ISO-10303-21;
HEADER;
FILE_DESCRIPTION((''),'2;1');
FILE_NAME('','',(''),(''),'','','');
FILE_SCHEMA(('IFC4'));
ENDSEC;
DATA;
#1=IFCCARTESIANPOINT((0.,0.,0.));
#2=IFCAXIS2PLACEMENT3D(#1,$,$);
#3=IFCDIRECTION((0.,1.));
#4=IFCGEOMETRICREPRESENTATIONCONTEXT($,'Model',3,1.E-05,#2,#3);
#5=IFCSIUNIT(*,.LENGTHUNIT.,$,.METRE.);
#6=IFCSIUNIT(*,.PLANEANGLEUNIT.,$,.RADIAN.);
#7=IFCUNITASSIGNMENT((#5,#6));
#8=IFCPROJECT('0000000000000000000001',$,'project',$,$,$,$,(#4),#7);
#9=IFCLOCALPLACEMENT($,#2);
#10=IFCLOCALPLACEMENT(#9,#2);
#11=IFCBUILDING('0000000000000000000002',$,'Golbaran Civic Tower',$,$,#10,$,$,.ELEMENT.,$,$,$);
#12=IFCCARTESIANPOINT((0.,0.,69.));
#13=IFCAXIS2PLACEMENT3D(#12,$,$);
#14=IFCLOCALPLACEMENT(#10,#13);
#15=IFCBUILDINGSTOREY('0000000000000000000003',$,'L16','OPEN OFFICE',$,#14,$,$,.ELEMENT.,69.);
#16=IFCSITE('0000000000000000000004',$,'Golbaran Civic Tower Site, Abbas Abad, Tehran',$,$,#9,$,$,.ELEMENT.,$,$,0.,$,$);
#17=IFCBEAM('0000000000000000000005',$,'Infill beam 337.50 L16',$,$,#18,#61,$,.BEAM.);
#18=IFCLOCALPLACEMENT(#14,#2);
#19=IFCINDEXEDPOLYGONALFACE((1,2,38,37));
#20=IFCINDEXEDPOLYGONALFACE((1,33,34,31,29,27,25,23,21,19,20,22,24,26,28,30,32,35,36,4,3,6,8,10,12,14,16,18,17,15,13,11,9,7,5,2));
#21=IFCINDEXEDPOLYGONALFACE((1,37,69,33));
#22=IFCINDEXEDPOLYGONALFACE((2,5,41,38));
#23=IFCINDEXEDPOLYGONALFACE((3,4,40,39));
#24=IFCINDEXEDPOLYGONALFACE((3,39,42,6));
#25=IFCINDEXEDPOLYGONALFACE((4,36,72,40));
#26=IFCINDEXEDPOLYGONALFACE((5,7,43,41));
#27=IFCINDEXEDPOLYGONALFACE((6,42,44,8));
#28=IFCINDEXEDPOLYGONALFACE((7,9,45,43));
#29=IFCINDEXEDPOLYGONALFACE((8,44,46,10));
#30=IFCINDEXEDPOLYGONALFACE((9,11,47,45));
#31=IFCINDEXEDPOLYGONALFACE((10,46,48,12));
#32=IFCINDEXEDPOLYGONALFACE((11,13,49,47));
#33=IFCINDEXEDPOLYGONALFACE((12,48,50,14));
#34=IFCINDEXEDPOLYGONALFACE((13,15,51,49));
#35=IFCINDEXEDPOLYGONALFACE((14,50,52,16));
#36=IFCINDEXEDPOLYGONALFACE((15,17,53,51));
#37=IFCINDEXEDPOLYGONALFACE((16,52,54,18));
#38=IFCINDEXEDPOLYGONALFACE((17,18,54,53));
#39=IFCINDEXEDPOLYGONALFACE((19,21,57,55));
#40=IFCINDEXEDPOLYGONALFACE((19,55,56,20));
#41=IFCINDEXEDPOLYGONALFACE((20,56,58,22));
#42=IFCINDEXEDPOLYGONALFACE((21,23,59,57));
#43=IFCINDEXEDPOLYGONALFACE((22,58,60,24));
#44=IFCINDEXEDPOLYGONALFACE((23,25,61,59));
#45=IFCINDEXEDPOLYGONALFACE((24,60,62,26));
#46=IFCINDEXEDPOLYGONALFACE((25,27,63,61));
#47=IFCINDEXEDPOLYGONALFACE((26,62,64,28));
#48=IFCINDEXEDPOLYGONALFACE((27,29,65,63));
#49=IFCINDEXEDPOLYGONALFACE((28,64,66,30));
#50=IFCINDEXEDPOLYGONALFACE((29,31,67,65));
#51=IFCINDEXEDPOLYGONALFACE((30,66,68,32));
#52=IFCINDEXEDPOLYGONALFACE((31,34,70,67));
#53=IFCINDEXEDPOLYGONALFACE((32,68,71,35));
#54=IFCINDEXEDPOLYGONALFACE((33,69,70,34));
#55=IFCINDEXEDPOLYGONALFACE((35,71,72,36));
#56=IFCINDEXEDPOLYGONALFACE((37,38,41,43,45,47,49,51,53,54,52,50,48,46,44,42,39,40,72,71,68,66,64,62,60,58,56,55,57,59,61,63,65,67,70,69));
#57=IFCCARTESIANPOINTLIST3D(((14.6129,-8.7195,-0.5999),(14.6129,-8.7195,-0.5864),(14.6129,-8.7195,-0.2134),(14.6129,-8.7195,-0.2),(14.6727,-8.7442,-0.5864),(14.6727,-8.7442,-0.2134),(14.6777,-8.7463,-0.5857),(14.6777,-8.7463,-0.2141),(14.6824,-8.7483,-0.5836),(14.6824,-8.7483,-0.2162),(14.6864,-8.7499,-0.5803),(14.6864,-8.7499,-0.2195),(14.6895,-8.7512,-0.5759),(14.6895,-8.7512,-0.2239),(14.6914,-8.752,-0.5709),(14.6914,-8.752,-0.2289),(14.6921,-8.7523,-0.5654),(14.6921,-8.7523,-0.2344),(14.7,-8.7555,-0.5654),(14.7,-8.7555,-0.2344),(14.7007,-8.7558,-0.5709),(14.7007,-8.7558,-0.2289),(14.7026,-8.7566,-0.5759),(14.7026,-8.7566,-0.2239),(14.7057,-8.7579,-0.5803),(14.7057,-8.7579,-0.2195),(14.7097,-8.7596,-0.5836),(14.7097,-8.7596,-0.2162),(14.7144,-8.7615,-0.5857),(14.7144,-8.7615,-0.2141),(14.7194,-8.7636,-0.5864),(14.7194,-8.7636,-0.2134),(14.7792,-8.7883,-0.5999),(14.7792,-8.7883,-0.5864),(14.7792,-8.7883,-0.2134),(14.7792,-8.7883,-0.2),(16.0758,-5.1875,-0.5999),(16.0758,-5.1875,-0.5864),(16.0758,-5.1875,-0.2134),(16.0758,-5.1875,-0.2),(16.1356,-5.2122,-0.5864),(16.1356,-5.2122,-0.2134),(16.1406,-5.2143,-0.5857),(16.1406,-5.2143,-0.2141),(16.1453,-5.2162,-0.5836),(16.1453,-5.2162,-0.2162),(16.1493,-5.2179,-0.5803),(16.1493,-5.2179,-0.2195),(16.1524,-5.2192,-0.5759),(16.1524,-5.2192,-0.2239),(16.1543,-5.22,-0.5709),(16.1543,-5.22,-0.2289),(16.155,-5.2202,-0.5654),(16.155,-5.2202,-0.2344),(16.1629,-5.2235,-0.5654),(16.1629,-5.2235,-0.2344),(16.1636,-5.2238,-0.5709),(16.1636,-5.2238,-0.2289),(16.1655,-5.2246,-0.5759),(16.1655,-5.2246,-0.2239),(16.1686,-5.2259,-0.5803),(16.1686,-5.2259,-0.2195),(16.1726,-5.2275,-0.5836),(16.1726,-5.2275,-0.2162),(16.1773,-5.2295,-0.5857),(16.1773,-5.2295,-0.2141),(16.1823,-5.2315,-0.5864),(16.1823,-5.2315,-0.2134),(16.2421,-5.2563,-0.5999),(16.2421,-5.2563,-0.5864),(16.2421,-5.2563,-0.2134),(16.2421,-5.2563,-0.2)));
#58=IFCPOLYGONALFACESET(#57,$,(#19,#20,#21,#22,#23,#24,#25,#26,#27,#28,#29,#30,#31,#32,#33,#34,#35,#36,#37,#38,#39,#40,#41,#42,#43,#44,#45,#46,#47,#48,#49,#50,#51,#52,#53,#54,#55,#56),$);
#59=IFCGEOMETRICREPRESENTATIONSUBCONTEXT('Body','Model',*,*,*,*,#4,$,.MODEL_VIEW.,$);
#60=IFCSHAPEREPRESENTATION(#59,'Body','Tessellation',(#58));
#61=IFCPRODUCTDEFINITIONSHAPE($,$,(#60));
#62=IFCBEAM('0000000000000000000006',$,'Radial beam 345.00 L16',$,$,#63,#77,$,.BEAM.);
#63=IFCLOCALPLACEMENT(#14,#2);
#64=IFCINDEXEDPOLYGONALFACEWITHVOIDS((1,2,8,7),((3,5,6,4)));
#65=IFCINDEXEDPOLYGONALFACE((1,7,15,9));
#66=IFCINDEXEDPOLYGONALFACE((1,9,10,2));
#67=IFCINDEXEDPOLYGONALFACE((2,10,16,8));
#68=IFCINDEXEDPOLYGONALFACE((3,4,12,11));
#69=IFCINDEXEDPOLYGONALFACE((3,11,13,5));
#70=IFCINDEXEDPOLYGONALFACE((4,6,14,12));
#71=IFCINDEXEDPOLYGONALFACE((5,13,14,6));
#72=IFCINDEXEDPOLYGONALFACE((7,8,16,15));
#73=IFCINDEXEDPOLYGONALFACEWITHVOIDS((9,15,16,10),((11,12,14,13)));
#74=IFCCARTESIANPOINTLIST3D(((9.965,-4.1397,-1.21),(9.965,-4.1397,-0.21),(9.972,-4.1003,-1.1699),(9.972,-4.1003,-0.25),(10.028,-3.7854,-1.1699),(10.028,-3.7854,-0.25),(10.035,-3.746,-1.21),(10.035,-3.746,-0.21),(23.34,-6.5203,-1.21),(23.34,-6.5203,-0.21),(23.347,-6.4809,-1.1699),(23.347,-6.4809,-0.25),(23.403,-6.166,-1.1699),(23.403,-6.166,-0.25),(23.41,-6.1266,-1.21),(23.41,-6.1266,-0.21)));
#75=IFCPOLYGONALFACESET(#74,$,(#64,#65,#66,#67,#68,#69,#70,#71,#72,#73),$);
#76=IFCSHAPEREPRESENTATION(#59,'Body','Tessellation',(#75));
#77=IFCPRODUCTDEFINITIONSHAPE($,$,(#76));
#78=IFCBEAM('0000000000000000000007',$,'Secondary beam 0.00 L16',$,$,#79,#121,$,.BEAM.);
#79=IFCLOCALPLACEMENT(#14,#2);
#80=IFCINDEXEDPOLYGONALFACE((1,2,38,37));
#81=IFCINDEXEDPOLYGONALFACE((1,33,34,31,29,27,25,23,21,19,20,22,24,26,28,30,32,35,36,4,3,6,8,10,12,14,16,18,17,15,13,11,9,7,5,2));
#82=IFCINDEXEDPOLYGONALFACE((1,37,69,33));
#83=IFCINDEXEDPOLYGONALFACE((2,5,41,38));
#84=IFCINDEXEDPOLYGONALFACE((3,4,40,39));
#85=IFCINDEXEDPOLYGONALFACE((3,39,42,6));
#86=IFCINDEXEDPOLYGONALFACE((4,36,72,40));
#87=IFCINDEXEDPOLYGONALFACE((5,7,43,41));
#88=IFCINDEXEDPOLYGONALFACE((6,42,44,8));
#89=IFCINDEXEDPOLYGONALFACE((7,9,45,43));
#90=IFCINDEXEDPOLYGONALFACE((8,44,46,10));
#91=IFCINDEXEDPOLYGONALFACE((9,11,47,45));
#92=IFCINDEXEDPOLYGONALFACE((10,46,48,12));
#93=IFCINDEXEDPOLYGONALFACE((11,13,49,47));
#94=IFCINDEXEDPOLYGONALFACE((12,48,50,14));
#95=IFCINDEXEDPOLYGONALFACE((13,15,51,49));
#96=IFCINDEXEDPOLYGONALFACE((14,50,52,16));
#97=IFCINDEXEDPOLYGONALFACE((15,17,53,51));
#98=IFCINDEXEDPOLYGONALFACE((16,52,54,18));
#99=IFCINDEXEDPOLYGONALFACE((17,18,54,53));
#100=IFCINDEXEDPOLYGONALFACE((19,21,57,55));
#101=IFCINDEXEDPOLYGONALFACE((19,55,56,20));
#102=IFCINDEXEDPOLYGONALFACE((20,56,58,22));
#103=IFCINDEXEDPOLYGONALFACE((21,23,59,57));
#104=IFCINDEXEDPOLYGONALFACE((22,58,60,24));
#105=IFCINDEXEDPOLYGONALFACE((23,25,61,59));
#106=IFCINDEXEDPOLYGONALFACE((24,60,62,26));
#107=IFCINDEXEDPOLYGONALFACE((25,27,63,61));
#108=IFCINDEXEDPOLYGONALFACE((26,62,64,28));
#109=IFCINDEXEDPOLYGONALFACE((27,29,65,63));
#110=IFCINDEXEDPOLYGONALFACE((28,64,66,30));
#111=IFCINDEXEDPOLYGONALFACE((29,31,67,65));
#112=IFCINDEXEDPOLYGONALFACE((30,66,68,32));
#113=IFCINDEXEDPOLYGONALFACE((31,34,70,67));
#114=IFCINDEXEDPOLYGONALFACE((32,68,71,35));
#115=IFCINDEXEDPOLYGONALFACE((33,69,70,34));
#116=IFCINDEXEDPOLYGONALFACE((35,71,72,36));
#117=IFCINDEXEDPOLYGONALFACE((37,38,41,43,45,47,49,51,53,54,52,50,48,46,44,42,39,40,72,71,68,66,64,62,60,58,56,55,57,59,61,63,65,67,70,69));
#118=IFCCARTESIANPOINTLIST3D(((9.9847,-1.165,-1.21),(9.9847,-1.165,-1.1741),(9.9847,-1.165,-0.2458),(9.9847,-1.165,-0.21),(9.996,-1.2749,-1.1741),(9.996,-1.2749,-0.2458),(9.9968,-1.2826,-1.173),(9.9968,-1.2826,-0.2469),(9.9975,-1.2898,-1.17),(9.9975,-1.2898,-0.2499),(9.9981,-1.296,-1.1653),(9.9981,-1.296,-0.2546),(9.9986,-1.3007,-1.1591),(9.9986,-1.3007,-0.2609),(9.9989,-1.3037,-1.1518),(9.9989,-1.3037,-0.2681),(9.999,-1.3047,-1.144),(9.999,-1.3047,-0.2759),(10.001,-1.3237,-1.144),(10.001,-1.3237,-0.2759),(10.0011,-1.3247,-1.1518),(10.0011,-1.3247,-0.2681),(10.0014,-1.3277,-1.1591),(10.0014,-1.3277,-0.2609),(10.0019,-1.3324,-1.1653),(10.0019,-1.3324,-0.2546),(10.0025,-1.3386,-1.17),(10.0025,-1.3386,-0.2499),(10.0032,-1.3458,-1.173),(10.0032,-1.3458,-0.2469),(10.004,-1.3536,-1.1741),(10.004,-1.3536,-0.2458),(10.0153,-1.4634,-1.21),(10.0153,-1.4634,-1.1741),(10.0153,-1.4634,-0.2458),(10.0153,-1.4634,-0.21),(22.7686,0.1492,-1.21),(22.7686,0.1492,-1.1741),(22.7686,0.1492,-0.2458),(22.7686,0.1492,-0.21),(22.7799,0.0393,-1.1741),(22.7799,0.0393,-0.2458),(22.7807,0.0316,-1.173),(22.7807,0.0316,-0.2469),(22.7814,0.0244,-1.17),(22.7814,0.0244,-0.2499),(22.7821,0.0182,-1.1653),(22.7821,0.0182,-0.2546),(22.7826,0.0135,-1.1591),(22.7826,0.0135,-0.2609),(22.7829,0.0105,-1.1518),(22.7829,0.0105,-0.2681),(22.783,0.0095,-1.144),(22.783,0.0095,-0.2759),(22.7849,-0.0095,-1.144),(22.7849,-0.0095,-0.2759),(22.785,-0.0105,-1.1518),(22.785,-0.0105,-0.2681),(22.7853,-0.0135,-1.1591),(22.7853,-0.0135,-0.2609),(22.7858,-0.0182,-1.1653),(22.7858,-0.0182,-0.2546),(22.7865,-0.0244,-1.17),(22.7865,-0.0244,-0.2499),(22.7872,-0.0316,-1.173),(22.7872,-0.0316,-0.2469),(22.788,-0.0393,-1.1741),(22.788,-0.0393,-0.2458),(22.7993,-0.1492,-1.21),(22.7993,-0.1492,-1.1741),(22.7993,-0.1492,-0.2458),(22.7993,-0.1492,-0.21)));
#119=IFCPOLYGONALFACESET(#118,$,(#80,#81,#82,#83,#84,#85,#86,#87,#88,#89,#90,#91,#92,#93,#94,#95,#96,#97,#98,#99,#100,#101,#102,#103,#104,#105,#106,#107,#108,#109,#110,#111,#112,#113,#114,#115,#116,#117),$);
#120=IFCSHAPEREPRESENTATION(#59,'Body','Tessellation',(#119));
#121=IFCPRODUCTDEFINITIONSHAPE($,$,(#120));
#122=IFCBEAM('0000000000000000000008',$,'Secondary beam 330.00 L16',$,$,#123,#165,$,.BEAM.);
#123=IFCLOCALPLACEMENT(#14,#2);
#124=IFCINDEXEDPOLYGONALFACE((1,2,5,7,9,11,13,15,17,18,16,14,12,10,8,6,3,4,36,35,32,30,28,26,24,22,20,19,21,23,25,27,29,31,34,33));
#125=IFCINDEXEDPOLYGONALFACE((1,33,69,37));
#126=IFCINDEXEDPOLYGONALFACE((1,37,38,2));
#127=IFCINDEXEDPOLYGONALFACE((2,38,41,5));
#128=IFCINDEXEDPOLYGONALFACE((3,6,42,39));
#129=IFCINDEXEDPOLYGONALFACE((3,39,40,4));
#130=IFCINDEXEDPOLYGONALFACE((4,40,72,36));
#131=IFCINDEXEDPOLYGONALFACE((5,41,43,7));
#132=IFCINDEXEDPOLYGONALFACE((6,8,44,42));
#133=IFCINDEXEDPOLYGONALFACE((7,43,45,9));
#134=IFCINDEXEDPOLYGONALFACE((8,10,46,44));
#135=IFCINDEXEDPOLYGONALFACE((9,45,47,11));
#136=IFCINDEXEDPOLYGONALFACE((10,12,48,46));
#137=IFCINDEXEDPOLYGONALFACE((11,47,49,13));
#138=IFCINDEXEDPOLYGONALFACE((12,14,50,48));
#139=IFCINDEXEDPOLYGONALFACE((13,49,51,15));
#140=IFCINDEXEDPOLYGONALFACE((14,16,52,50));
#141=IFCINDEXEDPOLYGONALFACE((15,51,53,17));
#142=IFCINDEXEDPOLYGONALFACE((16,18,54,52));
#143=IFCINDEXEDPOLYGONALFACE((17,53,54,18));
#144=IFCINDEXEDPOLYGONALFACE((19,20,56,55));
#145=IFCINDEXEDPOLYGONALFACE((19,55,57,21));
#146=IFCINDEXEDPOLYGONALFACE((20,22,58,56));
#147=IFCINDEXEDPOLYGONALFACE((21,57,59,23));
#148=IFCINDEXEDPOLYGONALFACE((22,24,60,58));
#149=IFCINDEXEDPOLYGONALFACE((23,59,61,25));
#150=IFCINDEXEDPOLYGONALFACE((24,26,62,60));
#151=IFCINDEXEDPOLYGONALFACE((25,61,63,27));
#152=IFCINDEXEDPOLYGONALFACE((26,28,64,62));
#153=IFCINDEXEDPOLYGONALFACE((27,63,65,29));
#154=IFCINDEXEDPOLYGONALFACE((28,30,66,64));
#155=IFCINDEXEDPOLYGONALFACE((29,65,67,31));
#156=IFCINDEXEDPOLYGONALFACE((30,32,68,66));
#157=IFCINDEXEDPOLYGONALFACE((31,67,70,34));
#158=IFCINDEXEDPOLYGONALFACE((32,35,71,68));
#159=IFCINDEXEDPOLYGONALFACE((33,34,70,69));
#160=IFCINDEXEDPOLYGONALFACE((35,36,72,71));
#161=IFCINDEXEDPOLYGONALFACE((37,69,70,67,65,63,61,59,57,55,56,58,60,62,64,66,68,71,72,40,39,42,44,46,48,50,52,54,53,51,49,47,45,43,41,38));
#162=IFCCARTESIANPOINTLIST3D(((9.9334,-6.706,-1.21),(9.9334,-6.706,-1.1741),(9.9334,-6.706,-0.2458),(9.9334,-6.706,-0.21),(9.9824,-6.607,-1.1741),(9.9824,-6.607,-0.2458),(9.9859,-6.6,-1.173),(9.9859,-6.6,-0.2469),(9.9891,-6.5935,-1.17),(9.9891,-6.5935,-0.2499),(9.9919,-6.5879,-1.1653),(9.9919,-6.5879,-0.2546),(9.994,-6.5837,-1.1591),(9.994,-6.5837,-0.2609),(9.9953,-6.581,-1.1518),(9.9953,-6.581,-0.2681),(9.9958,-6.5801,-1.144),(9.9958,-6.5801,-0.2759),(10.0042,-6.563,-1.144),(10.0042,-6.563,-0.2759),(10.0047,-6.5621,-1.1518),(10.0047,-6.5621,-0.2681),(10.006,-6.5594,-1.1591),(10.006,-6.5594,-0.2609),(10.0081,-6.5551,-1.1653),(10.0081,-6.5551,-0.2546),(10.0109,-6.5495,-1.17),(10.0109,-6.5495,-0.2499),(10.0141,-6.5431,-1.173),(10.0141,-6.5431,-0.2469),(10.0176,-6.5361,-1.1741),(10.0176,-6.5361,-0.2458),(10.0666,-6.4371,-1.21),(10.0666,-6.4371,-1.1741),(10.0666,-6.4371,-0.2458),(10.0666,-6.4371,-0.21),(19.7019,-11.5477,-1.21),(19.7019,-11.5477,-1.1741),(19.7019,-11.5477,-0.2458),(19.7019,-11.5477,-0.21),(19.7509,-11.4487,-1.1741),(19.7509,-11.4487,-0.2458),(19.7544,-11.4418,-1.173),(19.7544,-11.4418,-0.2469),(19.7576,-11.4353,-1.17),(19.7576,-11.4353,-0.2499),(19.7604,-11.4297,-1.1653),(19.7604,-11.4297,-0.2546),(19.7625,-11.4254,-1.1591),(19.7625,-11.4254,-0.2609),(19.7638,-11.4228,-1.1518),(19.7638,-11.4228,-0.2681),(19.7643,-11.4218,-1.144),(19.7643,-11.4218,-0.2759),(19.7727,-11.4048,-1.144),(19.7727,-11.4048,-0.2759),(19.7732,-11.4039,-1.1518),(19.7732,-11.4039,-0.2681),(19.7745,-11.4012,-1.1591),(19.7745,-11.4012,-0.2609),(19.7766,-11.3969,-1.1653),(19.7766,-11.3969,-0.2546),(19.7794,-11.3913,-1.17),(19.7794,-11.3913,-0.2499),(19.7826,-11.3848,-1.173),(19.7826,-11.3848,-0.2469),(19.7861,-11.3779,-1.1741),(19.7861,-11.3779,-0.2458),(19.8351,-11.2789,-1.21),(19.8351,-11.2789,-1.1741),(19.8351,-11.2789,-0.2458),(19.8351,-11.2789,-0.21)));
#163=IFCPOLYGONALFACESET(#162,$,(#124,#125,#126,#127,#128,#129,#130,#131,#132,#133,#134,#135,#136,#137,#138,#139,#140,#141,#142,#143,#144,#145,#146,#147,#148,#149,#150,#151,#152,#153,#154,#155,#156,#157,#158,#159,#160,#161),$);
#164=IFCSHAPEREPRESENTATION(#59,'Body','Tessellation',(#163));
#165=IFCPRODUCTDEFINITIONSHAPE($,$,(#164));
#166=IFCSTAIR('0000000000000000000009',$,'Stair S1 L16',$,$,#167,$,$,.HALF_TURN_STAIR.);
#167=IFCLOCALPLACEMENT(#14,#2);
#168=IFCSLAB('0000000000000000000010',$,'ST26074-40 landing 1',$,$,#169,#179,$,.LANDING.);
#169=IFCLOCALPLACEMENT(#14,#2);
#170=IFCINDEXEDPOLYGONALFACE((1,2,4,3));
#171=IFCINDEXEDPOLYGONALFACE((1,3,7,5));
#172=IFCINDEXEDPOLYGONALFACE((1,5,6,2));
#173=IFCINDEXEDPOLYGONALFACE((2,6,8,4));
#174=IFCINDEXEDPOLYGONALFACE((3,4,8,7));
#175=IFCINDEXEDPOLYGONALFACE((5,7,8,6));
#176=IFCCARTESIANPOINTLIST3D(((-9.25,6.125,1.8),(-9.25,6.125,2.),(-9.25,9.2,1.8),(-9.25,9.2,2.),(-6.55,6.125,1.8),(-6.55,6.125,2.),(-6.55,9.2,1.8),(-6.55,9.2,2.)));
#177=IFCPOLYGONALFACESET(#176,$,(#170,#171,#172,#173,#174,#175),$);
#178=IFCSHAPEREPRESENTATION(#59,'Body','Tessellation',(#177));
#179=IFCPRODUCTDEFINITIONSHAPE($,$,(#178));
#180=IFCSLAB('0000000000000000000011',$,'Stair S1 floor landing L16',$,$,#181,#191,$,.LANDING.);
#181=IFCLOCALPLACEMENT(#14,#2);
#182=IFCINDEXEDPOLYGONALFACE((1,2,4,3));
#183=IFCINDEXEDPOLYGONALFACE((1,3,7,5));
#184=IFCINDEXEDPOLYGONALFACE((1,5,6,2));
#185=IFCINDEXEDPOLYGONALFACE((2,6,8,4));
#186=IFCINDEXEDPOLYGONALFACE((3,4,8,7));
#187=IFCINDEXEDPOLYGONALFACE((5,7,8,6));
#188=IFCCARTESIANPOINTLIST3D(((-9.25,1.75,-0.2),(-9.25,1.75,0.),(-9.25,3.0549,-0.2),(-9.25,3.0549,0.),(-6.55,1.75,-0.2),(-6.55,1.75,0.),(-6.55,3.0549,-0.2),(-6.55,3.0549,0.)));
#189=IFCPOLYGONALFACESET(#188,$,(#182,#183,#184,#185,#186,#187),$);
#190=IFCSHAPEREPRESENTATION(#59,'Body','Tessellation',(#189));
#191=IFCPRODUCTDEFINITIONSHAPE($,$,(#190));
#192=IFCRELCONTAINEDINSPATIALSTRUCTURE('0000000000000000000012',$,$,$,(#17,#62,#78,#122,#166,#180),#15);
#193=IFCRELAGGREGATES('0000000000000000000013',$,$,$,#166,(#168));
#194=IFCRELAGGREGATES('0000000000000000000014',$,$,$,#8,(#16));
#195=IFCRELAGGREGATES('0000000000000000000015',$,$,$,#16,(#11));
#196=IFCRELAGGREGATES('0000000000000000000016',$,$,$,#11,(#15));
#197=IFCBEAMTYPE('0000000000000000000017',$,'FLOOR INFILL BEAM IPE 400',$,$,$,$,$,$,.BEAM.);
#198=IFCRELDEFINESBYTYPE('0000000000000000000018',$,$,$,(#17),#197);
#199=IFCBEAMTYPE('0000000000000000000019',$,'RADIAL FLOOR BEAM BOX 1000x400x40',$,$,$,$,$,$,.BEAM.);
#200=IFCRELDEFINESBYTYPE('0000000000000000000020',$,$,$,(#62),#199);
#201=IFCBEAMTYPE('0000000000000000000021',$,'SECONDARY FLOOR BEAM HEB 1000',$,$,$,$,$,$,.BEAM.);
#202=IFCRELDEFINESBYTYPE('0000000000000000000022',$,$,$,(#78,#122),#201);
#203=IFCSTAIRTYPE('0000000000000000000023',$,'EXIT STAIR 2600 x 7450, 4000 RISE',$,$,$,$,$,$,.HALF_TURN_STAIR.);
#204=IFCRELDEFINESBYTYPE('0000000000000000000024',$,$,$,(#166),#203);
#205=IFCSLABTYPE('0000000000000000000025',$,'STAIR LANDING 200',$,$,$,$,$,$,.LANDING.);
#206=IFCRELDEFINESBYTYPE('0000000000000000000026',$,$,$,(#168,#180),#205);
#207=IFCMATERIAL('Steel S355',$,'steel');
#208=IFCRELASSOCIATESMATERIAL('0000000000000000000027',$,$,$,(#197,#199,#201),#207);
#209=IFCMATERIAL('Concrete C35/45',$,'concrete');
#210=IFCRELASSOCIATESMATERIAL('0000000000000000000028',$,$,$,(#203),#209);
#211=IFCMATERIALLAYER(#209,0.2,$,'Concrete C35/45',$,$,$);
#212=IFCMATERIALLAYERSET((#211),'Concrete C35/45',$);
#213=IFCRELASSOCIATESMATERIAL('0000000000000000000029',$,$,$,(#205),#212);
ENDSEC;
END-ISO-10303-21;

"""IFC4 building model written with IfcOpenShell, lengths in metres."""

from ifc_helpers import new_model, si_unit, direction, frame, origin, origin_2d, place, context, subcontext, project, spatial, polyline, hollow_rectangle, i_section, outline, extrude, material, layer, layer_set, material_profile, profile_set, type_object, element, aggregate, save


model = new_model("IFC4")

# Units and contexts
model_context = context("Model", 3, precision=1e-05, world=origin(), true_north=direction((0.0, 1.0)))
body_context = subcontext(model_context, "Body", "Model", "MODEL_VIEW")
ifc_project = project(units=[si_unit("LENGTHUNIT", "METRE"), si_unit("PLANEANGLEUNIT", "RADIAN")], contexts=[model_context])

# Site, building, storey
site_placement = place(None, origin())
site = spatial("IfcSite", under=ifc_project, at=site_placement, Name="Golbaran Civic Tower Site, Abbas Abad, Tehran", CompositionType="ELEMENT", RefElevation=0.0)
building_placement = place(site_placement, origin())
building = spatial("IfcBuilding", under=site, at=building_placement, Name="Golbaran Civic Tower", CompositionType="ELEMENT")
storey_placement = place(building_placement, frame((0.0, 0.0, 69.0)))
storey = spatial("IfcBuildingStorey", under=building, at=storey_placement, Name="L16", Description="OPEN OFFICE", CompositionType="ELEMENT", Elevation=69.0)

# Beams
ifc_material_1 = material(Name="Steel S355", Category="steel")
ifc_material_profile_1 = material_profile(ifc_material_1, i_section(OverallWidth=0.1799, OverallDepth=0.3999, WebThickness=0.0085, FlangeThickness=0.0134, FilletRadius=0.021, at=origin_2d()), Name="IPE 400")
ifc_profile_set_1 = profile_set([ifc_material_profile_1], Name="Steel S355")
beam_type_1 = type_object("IfcBeamType", Name="FLOOR INFILL BEAM IPE 400", PredefinedType="BEAM", material=ifc_profile_set_1)
beam_1_placement = place(storey_placement, frame((14.696, -8.7539, -0.3999), z_axis=(0.38266, 0.923889, 0.0), x_axis=(-0.923889, 0.38266, 0.0)))
element("IfcBeam", 1, at=beam_1_placement, inside=storey, type_object=beam_type_1, Name="Infill beam 337.50 L16", PredefinedType="BEAM", context=body_context, shape_type="SweptSolid", body=[
    extrude(i_section(OverallWidth=0.1799, OverallDepth=0.3999, WebThickness=0.0085, FlangeThickness=0.0134, FilletRadius=0.021, at=origin_2d()), origin(), (0.0, 0.0, 1.0), 3.823),
])
ifc_material_profile_2 = material_profile(ifc_material_1, hollow_rectangle(XDim=0.3999, YDim=1.0, WallThickness=0.04, at=origin_2d()), Name="BOX 1000x400x40")
ifc_profile_set_2 = profile_set([ifc_material_profile_2], Name="Steel S355")
beam_type_2 = type_object("IfcBeamType", Name="RADIAL FLOOR BEAM BOX 1000x400x40", PredefinedType="BEAM", material=ifc_profile_set_2)
beam_2_placement = place(storey_placement, frame((10.0, -3.9429, -0.71), z_axis=(0.984526, -0.175236, 0.0), x_axis=(0.175236, 0.984526, 0.0)))
element("IfcBeam", 2, at=beam_2_placement, inside=storey, type_object=beam_type_2, Name="Radial beam 345.00 L16", PredefinedType="BEAM", context=body_context, shape_type="SweptSolid", body=[
    extrude(hollow_rectangle(XDim=0.3999, YDim=1.0, WallThickness=0.04, at=origin_2d()), origin(), (0.0, 0.0, 1.0), 13.5852),
])
ifc_material_profile_3 = material_profile(ifc_material_1, i_section(OverallWidth=0.3, OverallDepth=1.0, WebThickness=0.019, FlangeThickness=0.0359, FilletRadius=0.03, at=origin_2d()), Name="HEB 1000")
ifc_profile_set_3 = profile_set([ifc_material_profile_3], Name="Steel S355")
beam_type_3 = type_object("IfcBeamType", Name="SECONDARY FLOOR BEAM HEB 1000", PredefinedType="BEAM", material=ifc_profile_set_3)
beam_3_placement = place(storey_placement, frame((10.0, -1.3142, -0.71), z_axis=(0.994757, 0.102263, 0.0), x_axis=(-0.102263, 0.994757, 0.0)))
element("IfcBeam", 3, at=beam_3_placement, inside=storey, type_object=beam_type_3, Name="Secondary beam 0.00 L16", PredefinedType="BEAM", context=body_context, shape_type="SweptSolid", body=[
    extrude(i_section(OverallWidth=0.3, OverallDepth=1.0, WebThickness=0.019, FlangeThickness=0.0359, FilletRadius=0.03, at=origin_2d()), origin(), (0.0, 0.0, 1.0), 12.8513),
])
beam_4_placement = place(storey_placement, frame((10.0, -6.5715, -0.71), z_axis=(0.89598, -0.444094, 0.0), x_axis=(0.444094, 0.89598, 0.0)))
element("IfcBeam", 4, at=beam_4_placement, inside=storey, type_object=beam_type_3, Name="Secondary beam 330.00 L16", PredefinedType="BEAM", context=body_context, shape_type="SweptSolid", body=[
    extrude(i_section(OverallWidth=0.3, OverallDepth=1.0, WebThickness=0.019, FlangeThickness=0.0359, FilletRadius=0.03, at=origin_2d()), origin(), (0.0, 0.0, 1.0), 10.9026),
])

# Stair, slab
ifc_material_2 = material(Name="Concrete C35/45", Category="concrete")
stair_type = type_object("IfcStairType", Name="EXIT STAIR 2600 x 7450, 4000 RISE", PredefinedType="HALF_TURN_STAIR", material=ifc_material_2)
stair_1_placement = place(storey_placement, origin())
stair_1 = element("IfcStair", 5, at=stair_1_placement, inside=storey, type_object=stair_type, Name="Stair S1 L16", PredefinedType="HALF_TURN_STAIR")
ifc_layer_1 = layer(ifc_material_2, 0.2, Name="Concrete C35/45")
ifc_layer_set_1 = layer_set([ifc_layer_1], Name="Concrete C35/45")
slab_type = type_object("IfcSlabType", Name="STAIR LANDING 200", PredefinedType="LANDING", material=ifc_layer_set_1)
slab_1_placement = place(storey_placement, frame((0.0, 0.0, 1.8)))
slab_1 = element("IfcSlab", 6, at=slab_1_placement, type_object=slab_type, Name="ST26074-40 landing 1", PredefinedType="LANDING", context=body_context, shape_type="SweptSolid", body=[
    extrude(outline(polyline([(-9.25, 6.125), (-9.25, 9.2), (-6.55, 9.2), (-6.55, 6.125), (-9.25, 6.125)])), origin(), (0.0, 0.0, 1.0), 0.2),
])
aggregate(stair_1, [slab_1])

# Slab
slab_2_placement = place(storey_placement, frame((0.0, 0.0, -0.2)))
element("IfcSlab", 7, at=slab_2_placement, inside=storey, type_object=slab_type, Name="Stair S1 floor landing L16", PredefinedType="LANDING", context=body_context, shape_type="SweptSolid", body=[
    extrude(outline(polyline([(-9.25, 1.75), (-9.25, 3.0549), (-6.55, 3.0549), (-6.55, 1.75), (-9.25, 1.75)])), origin(), (0.0, 0.0, 1.0), 0.2),
])

save(model, "model.ifc")
